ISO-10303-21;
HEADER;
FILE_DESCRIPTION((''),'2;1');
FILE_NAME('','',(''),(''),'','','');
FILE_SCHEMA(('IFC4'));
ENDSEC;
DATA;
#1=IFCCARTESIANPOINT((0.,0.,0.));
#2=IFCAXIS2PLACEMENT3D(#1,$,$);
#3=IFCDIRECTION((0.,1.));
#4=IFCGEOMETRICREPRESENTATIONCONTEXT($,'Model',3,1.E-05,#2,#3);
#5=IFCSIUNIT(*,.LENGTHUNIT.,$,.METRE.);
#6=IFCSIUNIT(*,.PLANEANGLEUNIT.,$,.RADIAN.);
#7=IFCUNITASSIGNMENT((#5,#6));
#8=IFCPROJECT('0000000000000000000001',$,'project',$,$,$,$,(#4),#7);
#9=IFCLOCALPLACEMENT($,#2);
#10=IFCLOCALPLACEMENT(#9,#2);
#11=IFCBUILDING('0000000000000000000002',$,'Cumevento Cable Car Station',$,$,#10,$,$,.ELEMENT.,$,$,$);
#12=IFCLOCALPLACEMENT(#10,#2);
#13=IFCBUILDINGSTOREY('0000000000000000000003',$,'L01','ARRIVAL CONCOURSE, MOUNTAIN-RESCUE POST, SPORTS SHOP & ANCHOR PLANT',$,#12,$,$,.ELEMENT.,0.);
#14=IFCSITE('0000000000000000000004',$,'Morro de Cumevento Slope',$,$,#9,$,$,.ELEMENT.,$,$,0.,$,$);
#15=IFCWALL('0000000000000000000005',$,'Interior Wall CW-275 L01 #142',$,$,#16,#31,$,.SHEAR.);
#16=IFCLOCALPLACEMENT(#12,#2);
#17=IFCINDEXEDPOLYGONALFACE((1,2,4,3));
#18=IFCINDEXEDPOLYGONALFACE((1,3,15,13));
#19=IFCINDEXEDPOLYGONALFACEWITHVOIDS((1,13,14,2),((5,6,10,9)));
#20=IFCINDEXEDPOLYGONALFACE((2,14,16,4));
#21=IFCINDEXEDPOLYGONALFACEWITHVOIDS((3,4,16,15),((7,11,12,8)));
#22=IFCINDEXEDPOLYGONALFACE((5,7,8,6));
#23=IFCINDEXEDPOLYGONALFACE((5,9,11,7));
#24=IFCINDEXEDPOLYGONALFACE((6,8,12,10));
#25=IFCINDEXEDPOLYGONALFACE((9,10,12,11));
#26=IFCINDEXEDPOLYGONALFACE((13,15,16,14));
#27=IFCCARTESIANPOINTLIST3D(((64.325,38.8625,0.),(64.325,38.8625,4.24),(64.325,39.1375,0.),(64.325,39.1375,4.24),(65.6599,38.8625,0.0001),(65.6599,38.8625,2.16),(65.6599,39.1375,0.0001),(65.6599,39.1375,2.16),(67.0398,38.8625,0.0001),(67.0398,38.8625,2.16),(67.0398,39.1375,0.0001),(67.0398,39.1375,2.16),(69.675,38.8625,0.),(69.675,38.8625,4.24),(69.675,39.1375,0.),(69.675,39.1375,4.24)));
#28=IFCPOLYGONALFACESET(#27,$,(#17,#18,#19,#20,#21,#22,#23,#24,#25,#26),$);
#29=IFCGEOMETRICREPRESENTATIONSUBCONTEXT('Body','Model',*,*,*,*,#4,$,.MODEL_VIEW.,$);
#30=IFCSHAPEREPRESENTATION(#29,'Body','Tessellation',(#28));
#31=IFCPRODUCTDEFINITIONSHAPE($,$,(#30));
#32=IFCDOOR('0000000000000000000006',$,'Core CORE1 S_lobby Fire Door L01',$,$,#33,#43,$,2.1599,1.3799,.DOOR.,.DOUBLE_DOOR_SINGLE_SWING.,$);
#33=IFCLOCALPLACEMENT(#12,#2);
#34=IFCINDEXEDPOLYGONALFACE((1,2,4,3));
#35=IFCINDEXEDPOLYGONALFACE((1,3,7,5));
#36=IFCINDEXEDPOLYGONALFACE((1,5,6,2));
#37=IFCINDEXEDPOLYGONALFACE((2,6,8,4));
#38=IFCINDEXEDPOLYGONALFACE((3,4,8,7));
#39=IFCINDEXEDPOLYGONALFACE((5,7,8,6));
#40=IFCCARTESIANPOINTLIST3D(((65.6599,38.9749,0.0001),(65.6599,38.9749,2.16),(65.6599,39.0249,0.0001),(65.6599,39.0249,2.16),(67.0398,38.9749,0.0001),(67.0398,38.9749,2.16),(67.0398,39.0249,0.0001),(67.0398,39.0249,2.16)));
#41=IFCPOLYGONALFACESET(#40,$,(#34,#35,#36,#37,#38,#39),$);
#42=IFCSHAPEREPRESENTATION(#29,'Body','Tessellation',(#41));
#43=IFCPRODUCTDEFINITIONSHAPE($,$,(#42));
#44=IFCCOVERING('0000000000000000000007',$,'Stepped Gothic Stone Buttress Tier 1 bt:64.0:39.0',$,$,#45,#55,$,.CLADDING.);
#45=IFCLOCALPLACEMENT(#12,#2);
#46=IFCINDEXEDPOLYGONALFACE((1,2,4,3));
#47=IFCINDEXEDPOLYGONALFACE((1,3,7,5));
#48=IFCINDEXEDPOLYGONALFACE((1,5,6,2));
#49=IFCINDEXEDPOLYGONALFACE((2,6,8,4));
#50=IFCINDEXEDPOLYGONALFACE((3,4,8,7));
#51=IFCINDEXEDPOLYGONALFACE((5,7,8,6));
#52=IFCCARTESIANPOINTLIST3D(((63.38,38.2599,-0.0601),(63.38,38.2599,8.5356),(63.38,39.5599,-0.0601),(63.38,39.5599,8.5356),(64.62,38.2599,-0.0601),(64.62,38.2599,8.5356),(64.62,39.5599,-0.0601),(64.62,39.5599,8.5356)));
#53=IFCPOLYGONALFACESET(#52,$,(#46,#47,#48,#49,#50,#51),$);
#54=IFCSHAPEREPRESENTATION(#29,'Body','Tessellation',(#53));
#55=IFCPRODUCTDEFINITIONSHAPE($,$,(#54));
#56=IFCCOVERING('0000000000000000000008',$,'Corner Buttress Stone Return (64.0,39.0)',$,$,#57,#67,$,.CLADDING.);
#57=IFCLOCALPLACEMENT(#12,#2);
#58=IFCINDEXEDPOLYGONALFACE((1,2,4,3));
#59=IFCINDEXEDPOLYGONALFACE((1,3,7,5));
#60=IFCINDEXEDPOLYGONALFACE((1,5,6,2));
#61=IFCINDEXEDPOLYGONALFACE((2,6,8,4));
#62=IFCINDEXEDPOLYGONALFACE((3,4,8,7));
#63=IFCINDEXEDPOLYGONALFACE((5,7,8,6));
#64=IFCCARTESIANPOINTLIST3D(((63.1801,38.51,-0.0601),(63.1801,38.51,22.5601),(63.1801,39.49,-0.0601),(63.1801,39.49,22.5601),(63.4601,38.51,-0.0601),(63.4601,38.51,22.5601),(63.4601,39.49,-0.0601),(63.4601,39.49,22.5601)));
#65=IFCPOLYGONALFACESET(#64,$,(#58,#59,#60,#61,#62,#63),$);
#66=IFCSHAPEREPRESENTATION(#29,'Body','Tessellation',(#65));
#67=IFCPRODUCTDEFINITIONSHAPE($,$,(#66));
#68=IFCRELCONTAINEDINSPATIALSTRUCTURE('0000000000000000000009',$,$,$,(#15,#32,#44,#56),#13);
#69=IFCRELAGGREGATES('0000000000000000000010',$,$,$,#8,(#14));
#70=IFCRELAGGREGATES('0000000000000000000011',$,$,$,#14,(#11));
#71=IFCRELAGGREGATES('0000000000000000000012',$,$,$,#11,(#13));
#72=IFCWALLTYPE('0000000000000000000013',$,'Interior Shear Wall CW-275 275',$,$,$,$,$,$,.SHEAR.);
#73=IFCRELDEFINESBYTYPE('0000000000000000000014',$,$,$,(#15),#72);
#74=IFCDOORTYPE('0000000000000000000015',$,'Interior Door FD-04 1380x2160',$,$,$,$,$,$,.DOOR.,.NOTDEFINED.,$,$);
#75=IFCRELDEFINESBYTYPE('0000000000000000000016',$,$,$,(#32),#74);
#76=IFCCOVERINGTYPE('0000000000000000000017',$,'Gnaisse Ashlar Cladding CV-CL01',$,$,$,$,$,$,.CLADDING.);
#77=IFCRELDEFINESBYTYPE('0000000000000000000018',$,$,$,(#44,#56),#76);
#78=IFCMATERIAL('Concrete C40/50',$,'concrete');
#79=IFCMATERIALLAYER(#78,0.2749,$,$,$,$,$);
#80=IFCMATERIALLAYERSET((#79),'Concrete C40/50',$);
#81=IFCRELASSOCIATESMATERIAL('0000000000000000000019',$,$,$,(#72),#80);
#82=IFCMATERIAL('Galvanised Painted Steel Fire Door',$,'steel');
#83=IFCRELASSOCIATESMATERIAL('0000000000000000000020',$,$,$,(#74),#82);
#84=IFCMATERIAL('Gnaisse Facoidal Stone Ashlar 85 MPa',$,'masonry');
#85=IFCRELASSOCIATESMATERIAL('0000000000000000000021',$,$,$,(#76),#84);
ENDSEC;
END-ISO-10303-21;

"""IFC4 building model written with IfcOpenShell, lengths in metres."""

from ifc_helpers import new_model, si_unit, direction, frame, frame_2d, origin, origin_2d, place, context, subcontext, project, spatial, rectangle, extrude, material, layer, layer_set, type_object, element, fill, save


model = new_model("IFC4")

# Units and contexts
model_context = context("Model", 3, precision=1e-05, world=origin(), true_north=direction((0.0, 1.0)))
body_context = subcontext(model_context, "Body", "Model", "MODEL_VIEW")
ifc_project = project(units=[si_unit("LENGTHUNIT", "METRE"), si_unit("PLANEANGLEUNIT", "RADIAN")], contexts=[model_context])

# Site, building, storey
site_placement = place(None, origin())
site = spatial("IfcSite", under=ifc_project, at=site_placement, Name="Morro de Cumevento Slope", CompositionType="ELEMENT", RefElevation=0.0)
building_placement = place(site_placement, origin())
building = spatial("IfcBuilding", under=site, at=building_placement, Name="Cumevento Cable Car Station", CompositionType="ELEMENT")
storey_placement = place(building_placement, origin())
storey = spatial("IfcBuildingStorey", under=building, at=storey_placement, Name="L01", Description="ARRIVAL CONCOURSE, MOUNTAIN-RESCUE POST, SPORTS SHOP & ANCHOR PLANT", CompositionType="ELEMENT", Elevation=0.0)

# Shared definitions
ifc_material_1 = material(Name="Concrete C40/50", Category="concrete")
ifc_layer_1 = layer(ifc_material_1, 0.2749)
ifc_layer_set_1 = layer_set([ifc_layer_1], Name="Concrete C40/50")
wall_type_1 = type_object("IfcWallType", Name="Interior Shear Wall CW-275 275", PredefinedType="SHEAR", material=ifc_layer_set_1)

# Wall, opening, door
wall_1_placement = place(storey_placement, frame((64.325, 39.0, 0.0), z_axis=(0.0, 0.0, 1.0), x_axis=(1.0, 0.0, 0.0)))
wall_1 = element("IfcWall", 1, at=wall_1_placement, inside=storey, type_object=wall_type_1, Name="Interior Wall CW-275 L01 #142", PredefinedType="SHEAR", context=body_context, shape_type="SweptSolid", body=[
    extrude(rectangle(XDim=5.3501, YDim=0.2749, at=frame_2d((2.675, 0.0))), origin(), (0.0, 0.0, 1.0), 4.24),
])
opening_1_placement = place(wall_1_placement, frame((1.335, 0.0, 0.0)))
opening_1 = element("IfcOpeningElement", 2, at=opening_1_placement, cuts=wall_1, PredefinedType="OPENING", context=body_context, shape_type="SweptSolid", body=[
    extrude(rectangle(XDim=1.3799, YDim=2.1599, at=frame_2d((0.6899, 1.0801))), frame((0.0, 0.1475, 0.0), z_axis=(0.0, -1.0, 0.0), x_axis=(1.0, 0.0, 0.0)), (0.0, 0.0, 1.0), 0.2949),
])
ifc_material_2 = material(Name="Galvanised Painted Steel Fire Door", Category="steel")
door_type = type_object("IfcDoorType", Name="Interior Door FD-04 1380x2160", OperationType="NOTDEFINED", PredefinedType="DOOR", material=ifc_material_2)
door_placement = place(opening_1_placement, origin())
door = element("IfcDoor", 3, at=door_placement, inside=storey, type_object=door_type, Name="Core CORE1 S_lobby Fire Door L01", OperationType="DOUBLE_DOOR_SINGLE_SWING", OverallHeight=2.1599, OverallWidth=1.3799, PredefinedType="DOOR", context=body_context, shape_type="SweptSolid", body=[
    extrude(rectangle(XDim=1.3799, YDim=2.1599, at=frame_2d((0.6899, 1.0801))), frame((0.0, 0.0249, 0.0), z_axis=(0.0, -1.0, 0.0), x_axis=(1.0, 0.0, 0.0)), (0.0, 0.0, 1.0), 0.05),
])
fill(opening_1, door)

# Coverings
ifc_material_3 = material(Name="Gnaisse Facoidal Stone Ashlar 85 MPa", Category="masonry")
covering_type = type_object("IfcCoveringType", Name="Gnaisse Ashlar Cladding CV-CL01", PredefinedType="CLADDING", material=ifc_material_3)
covering_1_placement = place(storey_placement, frame((64.0, 38.9099, -0.0601), z_axis=(0.0, 0.0, 1.0), x_axis=(1.0, 0.0, 0.0)))
element("IfcCovering", 4, at=covering_1_placement, inside=storey, type_object=covering_type, Name="Stepped Gothic Stone Buttress Tier 1 bt:64.0:39.0", PredefinedType="CLADDING", context=body_context, shape_type="SweptSolid", body=[
    extrude(rectangle(XDim=1.24, YDim=1.3, at=origin_2d()), origin(), (0.0, 0.0, 1.0), 8.5957),
])
covering_2_placement = place(storey_placement, frame((63.3201, 39.0, -0.0601), z_axis=(0.0, 0.0, 1.0), x_axis=(1.0, 0.0, 0.0)))
element("IfcCovering", 5, at=covering_2_placement, inside=storey, type_object=covering_type, Name="Corner Buttress Stone Return (64.0,39.0)", PredefinedType="CLADDING", context=body_context, shape_type="SweptSolid", body=[
    extrude(rectangle(XDim=0.28, YDim=0.98, at=origin_2d()), origin(), (0.0, 0.0, 1.0), 22.6201),
])

save(model, "model.ifc")
